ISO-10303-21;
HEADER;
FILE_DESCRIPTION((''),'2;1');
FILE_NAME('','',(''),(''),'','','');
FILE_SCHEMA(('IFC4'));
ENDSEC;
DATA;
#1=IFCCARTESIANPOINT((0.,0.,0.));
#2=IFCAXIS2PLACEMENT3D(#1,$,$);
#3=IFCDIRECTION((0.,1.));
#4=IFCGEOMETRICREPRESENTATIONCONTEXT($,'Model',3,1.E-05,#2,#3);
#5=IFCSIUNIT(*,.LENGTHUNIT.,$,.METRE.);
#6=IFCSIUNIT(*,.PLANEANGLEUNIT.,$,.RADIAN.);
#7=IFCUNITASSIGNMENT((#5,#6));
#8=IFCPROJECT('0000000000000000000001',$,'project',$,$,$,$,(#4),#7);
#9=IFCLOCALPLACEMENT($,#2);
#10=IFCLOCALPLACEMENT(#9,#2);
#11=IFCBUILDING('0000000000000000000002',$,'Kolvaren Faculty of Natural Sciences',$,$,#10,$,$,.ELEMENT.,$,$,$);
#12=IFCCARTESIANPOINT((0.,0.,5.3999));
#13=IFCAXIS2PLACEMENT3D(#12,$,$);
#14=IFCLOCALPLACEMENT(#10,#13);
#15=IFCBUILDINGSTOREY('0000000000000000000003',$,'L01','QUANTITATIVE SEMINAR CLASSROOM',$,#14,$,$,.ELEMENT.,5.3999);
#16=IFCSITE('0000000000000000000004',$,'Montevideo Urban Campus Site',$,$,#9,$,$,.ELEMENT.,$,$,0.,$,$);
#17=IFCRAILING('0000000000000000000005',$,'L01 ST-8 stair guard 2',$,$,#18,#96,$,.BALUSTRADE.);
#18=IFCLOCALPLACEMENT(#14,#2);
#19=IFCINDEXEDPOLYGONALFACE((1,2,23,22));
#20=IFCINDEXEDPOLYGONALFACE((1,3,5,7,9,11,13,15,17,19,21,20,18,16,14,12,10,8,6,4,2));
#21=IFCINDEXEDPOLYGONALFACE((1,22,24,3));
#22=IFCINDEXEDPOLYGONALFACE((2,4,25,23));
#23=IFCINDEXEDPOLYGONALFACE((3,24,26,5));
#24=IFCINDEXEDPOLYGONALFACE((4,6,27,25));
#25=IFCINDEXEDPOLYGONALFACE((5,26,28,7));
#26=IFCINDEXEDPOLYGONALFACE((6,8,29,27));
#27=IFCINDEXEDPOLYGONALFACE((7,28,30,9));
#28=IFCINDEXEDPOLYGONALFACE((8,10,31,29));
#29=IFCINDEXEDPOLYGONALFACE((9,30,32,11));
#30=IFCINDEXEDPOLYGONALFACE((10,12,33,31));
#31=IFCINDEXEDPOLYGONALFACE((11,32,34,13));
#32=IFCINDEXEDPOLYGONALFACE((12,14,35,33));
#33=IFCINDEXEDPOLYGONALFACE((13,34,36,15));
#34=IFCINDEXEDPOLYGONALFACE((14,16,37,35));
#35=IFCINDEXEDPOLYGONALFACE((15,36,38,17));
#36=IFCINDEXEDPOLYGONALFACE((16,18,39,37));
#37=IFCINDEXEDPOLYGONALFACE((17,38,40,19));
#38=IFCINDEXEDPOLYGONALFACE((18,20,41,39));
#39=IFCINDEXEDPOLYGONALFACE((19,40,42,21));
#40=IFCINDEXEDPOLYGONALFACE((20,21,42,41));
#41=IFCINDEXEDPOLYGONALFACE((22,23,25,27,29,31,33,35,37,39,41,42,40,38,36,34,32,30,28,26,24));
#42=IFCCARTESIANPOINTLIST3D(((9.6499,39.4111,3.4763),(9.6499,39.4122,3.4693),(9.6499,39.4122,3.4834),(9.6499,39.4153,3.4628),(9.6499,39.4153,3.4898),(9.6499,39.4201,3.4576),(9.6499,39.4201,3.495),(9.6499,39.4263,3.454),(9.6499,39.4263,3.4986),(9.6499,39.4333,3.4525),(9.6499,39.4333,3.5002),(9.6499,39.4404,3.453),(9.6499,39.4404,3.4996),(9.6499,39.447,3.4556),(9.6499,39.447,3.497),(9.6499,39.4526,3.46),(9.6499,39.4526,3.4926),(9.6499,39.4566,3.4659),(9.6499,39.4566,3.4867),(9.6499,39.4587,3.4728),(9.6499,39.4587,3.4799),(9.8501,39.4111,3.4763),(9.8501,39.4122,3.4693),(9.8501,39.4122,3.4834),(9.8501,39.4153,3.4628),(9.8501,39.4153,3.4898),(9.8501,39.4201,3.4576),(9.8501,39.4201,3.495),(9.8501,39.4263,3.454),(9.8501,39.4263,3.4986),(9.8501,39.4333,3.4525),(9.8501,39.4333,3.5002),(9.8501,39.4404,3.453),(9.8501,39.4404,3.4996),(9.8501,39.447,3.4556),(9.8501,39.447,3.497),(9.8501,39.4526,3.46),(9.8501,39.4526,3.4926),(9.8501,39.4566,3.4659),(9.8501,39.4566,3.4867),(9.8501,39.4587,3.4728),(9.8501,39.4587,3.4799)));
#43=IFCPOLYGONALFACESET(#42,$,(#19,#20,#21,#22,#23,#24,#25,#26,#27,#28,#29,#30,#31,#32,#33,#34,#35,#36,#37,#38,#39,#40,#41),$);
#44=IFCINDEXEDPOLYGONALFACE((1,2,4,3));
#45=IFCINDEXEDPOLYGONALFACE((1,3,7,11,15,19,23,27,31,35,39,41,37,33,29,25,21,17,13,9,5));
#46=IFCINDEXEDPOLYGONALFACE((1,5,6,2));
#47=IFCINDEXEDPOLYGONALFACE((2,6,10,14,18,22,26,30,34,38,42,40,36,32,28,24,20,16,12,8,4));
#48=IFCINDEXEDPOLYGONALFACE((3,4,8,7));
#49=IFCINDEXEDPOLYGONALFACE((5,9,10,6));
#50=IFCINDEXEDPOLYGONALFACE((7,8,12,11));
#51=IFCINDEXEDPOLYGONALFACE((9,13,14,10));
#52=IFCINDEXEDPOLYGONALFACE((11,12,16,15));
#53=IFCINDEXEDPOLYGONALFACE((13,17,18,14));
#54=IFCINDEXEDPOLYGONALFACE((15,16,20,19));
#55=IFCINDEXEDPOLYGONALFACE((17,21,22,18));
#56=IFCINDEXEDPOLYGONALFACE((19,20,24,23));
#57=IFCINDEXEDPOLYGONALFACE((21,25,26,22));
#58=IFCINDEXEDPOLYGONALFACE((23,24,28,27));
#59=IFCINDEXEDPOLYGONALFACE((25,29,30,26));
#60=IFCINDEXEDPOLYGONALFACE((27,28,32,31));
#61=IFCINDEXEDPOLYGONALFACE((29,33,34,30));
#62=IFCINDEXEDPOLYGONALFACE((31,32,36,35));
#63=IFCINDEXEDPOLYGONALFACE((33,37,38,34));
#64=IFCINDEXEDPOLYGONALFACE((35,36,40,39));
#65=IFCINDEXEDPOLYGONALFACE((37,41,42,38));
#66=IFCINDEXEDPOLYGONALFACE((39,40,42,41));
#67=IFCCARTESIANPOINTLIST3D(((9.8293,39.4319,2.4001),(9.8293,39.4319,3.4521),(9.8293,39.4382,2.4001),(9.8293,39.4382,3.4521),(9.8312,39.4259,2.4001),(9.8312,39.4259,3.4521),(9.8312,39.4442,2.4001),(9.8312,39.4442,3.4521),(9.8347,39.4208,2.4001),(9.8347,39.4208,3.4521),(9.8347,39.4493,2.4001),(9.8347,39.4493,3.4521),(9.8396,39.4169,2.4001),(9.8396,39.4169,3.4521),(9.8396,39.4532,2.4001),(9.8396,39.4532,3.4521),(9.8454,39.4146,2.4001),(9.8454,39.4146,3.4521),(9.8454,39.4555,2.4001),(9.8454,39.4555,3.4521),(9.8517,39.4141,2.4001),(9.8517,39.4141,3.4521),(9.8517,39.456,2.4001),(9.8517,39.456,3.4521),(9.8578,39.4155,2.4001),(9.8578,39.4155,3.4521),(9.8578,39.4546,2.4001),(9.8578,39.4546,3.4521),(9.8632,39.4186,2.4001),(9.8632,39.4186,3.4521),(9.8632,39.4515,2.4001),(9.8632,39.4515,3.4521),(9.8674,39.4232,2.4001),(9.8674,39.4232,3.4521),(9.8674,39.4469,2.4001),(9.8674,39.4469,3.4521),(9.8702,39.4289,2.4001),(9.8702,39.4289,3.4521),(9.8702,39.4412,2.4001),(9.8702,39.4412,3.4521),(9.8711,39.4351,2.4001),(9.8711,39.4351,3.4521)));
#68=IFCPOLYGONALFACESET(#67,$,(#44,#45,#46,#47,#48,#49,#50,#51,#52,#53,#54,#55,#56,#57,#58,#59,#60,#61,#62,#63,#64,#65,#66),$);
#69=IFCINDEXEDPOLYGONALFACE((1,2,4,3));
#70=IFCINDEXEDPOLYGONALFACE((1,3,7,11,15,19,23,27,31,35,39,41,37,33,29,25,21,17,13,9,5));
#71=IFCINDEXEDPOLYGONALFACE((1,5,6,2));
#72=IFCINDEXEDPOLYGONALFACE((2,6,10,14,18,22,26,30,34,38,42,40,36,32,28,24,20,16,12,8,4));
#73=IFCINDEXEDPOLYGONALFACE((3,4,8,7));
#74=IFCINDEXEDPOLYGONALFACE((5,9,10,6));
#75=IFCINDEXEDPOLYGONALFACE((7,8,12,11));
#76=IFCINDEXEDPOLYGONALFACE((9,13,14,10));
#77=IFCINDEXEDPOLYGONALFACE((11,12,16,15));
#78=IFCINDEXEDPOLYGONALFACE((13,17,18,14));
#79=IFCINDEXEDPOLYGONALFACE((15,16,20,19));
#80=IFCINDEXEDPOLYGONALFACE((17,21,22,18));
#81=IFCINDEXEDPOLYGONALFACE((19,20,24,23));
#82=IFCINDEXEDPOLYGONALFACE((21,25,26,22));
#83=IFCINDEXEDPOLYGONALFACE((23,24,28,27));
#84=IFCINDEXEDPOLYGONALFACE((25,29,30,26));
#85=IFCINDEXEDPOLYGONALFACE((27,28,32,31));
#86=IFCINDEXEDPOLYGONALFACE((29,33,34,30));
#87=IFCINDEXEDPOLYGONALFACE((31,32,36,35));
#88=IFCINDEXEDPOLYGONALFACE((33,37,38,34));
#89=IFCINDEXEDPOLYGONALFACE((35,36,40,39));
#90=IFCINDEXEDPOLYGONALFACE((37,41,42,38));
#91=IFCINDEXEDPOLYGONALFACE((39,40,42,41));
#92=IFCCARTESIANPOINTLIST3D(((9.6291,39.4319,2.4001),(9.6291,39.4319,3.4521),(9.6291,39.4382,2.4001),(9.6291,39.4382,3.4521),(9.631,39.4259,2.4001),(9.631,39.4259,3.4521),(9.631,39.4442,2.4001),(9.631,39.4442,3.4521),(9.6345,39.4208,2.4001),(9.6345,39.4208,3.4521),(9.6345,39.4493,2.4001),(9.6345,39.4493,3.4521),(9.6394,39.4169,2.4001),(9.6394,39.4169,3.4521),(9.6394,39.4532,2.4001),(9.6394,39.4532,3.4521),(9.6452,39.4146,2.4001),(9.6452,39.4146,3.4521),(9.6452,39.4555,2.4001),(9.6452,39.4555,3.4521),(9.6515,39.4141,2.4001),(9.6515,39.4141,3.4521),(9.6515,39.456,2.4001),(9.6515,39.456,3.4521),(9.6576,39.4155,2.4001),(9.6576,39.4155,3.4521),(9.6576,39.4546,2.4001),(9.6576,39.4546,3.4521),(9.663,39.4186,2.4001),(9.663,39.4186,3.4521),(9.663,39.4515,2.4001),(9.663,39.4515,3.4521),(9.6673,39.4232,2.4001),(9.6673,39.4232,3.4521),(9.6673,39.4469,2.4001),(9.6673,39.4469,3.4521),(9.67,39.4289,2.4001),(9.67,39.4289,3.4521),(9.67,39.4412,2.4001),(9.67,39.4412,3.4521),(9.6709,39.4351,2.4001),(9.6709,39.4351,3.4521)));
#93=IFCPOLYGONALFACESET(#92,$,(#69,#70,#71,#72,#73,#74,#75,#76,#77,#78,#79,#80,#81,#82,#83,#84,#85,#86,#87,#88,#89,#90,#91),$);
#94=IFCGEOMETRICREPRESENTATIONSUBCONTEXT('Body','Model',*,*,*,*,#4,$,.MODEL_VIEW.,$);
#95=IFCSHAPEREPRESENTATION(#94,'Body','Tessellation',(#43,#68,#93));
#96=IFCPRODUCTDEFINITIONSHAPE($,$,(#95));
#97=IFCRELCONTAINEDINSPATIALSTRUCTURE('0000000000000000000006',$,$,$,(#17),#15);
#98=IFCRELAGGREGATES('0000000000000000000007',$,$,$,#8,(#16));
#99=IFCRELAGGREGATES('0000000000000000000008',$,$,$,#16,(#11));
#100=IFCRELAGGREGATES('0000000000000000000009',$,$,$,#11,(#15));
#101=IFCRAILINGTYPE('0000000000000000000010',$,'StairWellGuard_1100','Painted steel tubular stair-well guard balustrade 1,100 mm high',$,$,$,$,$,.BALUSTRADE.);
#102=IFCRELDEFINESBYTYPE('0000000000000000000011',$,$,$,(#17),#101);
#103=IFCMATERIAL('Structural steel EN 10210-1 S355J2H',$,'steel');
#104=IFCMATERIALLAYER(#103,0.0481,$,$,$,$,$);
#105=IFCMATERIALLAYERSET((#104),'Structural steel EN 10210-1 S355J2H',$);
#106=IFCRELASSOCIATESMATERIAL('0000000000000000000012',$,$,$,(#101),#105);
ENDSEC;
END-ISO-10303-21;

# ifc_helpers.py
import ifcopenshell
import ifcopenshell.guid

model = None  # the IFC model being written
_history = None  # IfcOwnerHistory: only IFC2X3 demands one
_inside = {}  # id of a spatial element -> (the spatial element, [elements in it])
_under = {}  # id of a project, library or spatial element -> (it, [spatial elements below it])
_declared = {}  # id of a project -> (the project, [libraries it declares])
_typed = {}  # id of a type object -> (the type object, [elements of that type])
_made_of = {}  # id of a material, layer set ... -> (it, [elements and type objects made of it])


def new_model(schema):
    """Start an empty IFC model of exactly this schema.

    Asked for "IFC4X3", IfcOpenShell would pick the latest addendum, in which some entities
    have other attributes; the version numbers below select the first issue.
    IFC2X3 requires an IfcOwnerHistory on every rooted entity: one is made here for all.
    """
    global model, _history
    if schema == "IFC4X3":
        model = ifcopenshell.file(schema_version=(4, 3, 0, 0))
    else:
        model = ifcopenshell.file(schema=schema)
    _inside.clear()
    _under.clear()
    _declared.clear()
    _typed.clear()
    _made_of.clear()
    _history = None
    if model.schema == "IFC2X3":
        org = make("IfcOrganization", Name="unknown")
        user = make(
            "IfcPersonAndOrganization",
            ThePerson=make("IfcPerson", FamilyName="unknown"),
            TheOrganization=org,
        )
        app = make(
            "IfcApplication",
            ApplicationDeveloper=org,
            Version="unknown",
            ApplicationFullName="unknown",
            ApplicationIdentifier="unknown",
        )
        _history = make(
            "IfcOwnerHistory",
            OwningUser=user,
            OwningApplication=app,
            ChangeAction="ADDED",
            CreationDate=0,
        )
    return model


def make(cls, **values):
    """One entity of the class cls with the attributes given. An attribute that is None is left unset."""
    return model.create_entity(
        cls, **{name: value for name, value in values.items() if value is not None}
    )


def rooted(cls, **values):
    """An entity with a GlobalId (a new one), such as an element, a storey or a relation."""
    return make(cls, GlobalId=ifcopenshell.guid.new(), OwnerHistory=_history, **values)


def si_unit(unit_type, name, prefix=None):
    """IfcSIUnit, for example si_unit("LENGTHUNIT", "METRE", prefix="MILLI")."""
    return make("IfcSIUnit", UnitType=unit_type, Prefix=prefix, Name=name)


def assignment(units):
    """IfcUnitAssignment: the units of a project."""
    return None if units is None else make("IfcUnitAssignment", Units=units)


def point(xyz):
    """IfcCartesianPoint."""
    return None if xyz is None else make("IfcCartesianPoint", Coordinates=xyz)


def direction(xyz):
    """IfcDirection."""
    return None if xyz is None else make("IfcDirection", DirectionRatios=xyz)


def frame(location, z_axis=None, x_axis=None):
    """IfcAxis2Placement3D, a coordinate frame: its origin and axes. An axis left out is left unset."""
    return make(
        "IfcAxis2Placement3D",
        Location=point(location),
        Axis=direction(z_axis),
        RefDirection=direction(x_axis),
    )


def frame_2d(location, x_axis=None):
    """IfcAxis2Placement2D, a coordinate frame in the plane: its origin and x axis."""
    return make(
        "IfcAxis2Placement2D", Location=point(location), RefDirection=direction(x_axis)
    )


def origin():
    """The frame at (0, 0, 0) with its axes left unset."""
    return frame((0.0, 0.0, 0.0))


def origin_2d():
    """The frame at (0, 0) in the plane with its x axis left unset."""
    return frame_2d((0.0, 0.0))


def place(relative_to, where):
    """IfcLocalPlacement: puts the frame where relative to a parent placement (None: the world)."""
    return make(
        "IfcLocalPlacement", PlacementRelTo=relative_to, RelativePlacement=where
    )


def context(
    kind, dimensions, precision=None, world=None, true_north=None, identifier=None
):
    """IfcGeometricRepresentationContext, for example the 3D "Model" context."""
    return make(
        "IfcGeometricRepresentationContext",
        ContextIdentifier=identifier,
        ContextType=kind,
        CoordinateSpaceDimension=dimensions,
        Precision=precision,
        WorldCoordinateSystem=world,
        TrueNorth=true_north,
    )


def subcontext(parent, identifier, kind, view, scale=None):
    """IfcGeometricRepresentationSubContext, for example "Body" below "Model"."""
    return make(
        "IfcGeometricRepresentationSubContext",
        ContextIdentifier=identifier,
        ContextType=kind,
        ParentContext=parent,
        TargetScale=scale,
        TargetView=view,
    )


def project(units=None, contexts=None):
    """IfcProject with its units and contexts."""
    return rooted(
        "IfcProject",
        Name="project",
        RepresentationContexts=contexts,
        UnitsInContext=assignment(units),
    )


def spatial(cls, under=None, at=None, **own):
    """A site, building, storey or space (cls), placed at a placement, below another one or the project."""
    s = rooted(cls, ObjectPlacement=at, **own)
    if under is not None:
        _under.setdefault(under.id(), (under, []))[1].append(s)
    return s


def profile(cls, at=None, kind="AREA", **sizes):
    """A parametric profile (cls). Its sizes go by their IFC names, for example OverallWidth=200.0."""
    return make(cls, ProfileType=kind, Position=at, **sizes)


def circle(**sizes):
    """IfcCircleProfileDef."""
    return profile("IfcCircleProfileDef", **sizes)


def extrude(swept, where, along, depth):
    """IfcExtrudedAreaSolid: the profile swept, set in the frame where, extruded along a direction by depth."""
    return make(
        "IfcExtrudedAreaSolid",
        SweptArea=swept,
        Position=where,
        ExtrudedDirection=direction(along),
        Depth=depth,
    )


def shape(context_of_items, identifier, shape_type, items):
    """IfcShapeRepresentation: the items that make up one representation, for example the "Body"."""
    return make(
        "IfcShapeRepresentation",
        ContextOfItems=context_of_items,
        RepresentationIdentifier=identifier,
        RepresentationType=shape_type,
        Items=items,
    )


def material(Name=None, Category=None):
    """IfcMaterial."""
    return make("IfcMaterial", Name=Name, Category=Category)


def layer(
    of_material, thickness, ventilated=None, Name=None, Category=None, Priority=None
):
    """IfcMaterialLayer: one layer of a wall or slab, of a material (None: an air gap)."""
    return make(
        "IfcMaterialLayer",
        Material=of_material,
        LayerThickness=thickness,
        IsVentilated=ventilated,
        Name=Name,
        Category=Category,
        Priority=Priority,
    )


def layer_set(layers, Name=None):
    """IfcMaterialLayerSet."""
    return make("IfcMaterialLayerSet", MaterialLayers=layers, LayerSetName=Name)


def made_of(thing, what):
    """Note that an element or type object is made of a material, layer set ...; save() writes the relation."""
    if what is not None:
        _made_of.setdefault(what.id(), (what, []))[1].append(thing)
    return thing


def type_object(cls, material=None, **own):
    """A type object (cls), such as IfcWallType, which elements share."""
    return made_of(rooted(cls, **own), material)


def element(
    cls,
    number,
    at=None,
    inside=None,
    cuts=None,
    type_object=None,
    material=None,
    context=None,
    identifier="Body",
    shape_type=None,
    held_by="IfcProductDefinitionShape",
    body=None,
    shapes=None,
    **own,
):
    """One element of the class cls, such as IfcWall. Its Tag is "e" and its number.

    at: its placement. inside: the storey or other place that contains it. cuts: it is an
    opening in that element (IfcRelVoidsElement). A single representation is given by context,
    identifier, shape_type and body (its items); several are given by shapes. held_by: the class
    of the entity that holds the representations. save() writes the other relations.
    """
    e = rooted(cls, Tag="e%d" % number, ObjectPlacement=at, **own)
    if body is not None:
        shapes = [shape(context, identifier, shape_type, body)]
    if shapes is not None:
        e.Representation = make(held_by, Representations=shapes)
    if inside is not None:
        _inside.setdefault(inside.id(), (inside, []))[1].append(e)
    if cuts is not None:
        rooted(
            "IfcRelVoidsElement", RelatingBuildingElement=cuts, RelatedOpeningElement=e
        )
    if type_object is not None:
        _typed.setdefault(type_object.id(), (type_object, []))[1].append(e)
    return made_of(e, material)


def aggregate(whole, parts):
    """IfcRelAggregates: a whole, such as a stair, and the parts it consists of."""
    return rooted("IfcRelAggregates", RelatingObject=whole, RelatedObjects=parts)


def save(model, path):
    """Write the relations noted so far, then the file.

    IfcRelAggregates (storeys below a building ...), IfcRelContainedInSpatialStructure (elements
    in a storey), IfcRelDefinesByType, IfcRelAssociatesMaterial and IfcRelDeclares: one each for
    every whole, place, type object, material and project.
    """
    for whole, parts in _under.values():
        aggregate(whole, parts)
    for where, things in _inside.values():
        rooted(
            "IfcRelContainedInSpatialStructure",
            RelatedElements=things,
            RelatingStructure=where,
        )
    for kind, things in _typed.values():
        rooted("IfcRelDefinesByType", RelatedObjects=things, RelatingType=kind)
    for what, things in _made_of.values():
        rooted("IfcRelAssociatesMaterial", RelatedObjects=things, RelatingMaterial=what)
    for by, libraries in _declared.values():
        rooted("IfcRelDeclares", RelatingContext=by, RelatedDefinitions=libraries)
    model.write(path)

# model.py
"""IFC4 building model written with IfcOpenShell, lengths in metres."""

from ifc_helpers import new_model, si_unit, direction, frame, origin, origin_2d, place, context, subcontext, project, spatial, circle, extrude, material, layer, layer_set, type_object, element, save


model = new_model("IFC4")

# Units and contexts
model_context = context("Model", 3, precision=1e-05, world=origin(), true_north=direction((0.0, 1.0)))
body_context = subcontext(model_context, "Body", "Model", "MODEL_VIEW")
ifc_project = project(units=[si_unit("LENGTHUNIT", "METRE"), si_unit("PLANEANGLEUNIT", "RADIAN")], contexts=[model_context])

# Site, building, storey
site_placement = place(None, origin())
site = spatial("IfcSite", under=ifc_project, at=site_placement, Name="Montevideo Urban Campus Site", CompositionType="ELEMENT", RefElevation=0.0)
building_placement = place(site_placement, origin())
building = spatial("IfcBuilding", under=site, at=building_placement, Name="Kolvaren Faculty of Natural Sciences", CompositionType="ELEMENT")
storey_placement = place(building_placement, frame((0.0, 0.0, 5.3999)))
storey = spatial("IfcBuildingStorey", under=building, at=storey_placement, Name="L01", Description="QUANTITATIVE SEMINAR CLASSROOM", CompositionType="ELEMENT", Elevation=5.3999)

# Railing
ifc_material_1 = material(Name="Structural steel EN 10210-1 S355J2H", Category="steel")
ifc_layer_1 = layer(ifc_material_1, 0.0481)
ifc_layer_set_1 = layer_set([ifc_layer_1], Name="Structural steel EN 10210-1 S355J2H")
railing_type_1 = type_object("IfcRailingType", Name="StairWellGuard_1100", Description="Painted steel tubular stair-well guard balustrade 1,100 mm high", PredefinedType="BALUSTRADE", material=ifc_layer_set_1)
railing_1_placement = place(storey_placement, frame((9.8501, 39.4351, 2.4001)))
element("IfcRailing", 1, at=railing_1_placement, inside=storey, type_object=railing_type_1, Name="L01 ST-8 stair guard 2", PredefinedType="BALUSTRADE", context=body_context, shape_type="SweptSolid", body=[
    extrude(circle(Radius=0.0239, at=origin_2d()), frame((0.0, 0.0, 1.0762), z_axis=(-1.0, 0.0, 0.0), x_axis=(0.0, -1.0, 0.0)), (0.0, 0.0, 1.0), 0.2002),
    extrude(circle(Radius=0.021, at=origin_2d()), origin(), (0.0, 0.0, 1.0), 1.052),
    extrude(circle(Radius=0.021, at=origin_2d()), frame((-0.2002, 0.0, 0.0)), (0.0, 0.0, 1.0), 1.052),
])

save(model, "model.ifc")
